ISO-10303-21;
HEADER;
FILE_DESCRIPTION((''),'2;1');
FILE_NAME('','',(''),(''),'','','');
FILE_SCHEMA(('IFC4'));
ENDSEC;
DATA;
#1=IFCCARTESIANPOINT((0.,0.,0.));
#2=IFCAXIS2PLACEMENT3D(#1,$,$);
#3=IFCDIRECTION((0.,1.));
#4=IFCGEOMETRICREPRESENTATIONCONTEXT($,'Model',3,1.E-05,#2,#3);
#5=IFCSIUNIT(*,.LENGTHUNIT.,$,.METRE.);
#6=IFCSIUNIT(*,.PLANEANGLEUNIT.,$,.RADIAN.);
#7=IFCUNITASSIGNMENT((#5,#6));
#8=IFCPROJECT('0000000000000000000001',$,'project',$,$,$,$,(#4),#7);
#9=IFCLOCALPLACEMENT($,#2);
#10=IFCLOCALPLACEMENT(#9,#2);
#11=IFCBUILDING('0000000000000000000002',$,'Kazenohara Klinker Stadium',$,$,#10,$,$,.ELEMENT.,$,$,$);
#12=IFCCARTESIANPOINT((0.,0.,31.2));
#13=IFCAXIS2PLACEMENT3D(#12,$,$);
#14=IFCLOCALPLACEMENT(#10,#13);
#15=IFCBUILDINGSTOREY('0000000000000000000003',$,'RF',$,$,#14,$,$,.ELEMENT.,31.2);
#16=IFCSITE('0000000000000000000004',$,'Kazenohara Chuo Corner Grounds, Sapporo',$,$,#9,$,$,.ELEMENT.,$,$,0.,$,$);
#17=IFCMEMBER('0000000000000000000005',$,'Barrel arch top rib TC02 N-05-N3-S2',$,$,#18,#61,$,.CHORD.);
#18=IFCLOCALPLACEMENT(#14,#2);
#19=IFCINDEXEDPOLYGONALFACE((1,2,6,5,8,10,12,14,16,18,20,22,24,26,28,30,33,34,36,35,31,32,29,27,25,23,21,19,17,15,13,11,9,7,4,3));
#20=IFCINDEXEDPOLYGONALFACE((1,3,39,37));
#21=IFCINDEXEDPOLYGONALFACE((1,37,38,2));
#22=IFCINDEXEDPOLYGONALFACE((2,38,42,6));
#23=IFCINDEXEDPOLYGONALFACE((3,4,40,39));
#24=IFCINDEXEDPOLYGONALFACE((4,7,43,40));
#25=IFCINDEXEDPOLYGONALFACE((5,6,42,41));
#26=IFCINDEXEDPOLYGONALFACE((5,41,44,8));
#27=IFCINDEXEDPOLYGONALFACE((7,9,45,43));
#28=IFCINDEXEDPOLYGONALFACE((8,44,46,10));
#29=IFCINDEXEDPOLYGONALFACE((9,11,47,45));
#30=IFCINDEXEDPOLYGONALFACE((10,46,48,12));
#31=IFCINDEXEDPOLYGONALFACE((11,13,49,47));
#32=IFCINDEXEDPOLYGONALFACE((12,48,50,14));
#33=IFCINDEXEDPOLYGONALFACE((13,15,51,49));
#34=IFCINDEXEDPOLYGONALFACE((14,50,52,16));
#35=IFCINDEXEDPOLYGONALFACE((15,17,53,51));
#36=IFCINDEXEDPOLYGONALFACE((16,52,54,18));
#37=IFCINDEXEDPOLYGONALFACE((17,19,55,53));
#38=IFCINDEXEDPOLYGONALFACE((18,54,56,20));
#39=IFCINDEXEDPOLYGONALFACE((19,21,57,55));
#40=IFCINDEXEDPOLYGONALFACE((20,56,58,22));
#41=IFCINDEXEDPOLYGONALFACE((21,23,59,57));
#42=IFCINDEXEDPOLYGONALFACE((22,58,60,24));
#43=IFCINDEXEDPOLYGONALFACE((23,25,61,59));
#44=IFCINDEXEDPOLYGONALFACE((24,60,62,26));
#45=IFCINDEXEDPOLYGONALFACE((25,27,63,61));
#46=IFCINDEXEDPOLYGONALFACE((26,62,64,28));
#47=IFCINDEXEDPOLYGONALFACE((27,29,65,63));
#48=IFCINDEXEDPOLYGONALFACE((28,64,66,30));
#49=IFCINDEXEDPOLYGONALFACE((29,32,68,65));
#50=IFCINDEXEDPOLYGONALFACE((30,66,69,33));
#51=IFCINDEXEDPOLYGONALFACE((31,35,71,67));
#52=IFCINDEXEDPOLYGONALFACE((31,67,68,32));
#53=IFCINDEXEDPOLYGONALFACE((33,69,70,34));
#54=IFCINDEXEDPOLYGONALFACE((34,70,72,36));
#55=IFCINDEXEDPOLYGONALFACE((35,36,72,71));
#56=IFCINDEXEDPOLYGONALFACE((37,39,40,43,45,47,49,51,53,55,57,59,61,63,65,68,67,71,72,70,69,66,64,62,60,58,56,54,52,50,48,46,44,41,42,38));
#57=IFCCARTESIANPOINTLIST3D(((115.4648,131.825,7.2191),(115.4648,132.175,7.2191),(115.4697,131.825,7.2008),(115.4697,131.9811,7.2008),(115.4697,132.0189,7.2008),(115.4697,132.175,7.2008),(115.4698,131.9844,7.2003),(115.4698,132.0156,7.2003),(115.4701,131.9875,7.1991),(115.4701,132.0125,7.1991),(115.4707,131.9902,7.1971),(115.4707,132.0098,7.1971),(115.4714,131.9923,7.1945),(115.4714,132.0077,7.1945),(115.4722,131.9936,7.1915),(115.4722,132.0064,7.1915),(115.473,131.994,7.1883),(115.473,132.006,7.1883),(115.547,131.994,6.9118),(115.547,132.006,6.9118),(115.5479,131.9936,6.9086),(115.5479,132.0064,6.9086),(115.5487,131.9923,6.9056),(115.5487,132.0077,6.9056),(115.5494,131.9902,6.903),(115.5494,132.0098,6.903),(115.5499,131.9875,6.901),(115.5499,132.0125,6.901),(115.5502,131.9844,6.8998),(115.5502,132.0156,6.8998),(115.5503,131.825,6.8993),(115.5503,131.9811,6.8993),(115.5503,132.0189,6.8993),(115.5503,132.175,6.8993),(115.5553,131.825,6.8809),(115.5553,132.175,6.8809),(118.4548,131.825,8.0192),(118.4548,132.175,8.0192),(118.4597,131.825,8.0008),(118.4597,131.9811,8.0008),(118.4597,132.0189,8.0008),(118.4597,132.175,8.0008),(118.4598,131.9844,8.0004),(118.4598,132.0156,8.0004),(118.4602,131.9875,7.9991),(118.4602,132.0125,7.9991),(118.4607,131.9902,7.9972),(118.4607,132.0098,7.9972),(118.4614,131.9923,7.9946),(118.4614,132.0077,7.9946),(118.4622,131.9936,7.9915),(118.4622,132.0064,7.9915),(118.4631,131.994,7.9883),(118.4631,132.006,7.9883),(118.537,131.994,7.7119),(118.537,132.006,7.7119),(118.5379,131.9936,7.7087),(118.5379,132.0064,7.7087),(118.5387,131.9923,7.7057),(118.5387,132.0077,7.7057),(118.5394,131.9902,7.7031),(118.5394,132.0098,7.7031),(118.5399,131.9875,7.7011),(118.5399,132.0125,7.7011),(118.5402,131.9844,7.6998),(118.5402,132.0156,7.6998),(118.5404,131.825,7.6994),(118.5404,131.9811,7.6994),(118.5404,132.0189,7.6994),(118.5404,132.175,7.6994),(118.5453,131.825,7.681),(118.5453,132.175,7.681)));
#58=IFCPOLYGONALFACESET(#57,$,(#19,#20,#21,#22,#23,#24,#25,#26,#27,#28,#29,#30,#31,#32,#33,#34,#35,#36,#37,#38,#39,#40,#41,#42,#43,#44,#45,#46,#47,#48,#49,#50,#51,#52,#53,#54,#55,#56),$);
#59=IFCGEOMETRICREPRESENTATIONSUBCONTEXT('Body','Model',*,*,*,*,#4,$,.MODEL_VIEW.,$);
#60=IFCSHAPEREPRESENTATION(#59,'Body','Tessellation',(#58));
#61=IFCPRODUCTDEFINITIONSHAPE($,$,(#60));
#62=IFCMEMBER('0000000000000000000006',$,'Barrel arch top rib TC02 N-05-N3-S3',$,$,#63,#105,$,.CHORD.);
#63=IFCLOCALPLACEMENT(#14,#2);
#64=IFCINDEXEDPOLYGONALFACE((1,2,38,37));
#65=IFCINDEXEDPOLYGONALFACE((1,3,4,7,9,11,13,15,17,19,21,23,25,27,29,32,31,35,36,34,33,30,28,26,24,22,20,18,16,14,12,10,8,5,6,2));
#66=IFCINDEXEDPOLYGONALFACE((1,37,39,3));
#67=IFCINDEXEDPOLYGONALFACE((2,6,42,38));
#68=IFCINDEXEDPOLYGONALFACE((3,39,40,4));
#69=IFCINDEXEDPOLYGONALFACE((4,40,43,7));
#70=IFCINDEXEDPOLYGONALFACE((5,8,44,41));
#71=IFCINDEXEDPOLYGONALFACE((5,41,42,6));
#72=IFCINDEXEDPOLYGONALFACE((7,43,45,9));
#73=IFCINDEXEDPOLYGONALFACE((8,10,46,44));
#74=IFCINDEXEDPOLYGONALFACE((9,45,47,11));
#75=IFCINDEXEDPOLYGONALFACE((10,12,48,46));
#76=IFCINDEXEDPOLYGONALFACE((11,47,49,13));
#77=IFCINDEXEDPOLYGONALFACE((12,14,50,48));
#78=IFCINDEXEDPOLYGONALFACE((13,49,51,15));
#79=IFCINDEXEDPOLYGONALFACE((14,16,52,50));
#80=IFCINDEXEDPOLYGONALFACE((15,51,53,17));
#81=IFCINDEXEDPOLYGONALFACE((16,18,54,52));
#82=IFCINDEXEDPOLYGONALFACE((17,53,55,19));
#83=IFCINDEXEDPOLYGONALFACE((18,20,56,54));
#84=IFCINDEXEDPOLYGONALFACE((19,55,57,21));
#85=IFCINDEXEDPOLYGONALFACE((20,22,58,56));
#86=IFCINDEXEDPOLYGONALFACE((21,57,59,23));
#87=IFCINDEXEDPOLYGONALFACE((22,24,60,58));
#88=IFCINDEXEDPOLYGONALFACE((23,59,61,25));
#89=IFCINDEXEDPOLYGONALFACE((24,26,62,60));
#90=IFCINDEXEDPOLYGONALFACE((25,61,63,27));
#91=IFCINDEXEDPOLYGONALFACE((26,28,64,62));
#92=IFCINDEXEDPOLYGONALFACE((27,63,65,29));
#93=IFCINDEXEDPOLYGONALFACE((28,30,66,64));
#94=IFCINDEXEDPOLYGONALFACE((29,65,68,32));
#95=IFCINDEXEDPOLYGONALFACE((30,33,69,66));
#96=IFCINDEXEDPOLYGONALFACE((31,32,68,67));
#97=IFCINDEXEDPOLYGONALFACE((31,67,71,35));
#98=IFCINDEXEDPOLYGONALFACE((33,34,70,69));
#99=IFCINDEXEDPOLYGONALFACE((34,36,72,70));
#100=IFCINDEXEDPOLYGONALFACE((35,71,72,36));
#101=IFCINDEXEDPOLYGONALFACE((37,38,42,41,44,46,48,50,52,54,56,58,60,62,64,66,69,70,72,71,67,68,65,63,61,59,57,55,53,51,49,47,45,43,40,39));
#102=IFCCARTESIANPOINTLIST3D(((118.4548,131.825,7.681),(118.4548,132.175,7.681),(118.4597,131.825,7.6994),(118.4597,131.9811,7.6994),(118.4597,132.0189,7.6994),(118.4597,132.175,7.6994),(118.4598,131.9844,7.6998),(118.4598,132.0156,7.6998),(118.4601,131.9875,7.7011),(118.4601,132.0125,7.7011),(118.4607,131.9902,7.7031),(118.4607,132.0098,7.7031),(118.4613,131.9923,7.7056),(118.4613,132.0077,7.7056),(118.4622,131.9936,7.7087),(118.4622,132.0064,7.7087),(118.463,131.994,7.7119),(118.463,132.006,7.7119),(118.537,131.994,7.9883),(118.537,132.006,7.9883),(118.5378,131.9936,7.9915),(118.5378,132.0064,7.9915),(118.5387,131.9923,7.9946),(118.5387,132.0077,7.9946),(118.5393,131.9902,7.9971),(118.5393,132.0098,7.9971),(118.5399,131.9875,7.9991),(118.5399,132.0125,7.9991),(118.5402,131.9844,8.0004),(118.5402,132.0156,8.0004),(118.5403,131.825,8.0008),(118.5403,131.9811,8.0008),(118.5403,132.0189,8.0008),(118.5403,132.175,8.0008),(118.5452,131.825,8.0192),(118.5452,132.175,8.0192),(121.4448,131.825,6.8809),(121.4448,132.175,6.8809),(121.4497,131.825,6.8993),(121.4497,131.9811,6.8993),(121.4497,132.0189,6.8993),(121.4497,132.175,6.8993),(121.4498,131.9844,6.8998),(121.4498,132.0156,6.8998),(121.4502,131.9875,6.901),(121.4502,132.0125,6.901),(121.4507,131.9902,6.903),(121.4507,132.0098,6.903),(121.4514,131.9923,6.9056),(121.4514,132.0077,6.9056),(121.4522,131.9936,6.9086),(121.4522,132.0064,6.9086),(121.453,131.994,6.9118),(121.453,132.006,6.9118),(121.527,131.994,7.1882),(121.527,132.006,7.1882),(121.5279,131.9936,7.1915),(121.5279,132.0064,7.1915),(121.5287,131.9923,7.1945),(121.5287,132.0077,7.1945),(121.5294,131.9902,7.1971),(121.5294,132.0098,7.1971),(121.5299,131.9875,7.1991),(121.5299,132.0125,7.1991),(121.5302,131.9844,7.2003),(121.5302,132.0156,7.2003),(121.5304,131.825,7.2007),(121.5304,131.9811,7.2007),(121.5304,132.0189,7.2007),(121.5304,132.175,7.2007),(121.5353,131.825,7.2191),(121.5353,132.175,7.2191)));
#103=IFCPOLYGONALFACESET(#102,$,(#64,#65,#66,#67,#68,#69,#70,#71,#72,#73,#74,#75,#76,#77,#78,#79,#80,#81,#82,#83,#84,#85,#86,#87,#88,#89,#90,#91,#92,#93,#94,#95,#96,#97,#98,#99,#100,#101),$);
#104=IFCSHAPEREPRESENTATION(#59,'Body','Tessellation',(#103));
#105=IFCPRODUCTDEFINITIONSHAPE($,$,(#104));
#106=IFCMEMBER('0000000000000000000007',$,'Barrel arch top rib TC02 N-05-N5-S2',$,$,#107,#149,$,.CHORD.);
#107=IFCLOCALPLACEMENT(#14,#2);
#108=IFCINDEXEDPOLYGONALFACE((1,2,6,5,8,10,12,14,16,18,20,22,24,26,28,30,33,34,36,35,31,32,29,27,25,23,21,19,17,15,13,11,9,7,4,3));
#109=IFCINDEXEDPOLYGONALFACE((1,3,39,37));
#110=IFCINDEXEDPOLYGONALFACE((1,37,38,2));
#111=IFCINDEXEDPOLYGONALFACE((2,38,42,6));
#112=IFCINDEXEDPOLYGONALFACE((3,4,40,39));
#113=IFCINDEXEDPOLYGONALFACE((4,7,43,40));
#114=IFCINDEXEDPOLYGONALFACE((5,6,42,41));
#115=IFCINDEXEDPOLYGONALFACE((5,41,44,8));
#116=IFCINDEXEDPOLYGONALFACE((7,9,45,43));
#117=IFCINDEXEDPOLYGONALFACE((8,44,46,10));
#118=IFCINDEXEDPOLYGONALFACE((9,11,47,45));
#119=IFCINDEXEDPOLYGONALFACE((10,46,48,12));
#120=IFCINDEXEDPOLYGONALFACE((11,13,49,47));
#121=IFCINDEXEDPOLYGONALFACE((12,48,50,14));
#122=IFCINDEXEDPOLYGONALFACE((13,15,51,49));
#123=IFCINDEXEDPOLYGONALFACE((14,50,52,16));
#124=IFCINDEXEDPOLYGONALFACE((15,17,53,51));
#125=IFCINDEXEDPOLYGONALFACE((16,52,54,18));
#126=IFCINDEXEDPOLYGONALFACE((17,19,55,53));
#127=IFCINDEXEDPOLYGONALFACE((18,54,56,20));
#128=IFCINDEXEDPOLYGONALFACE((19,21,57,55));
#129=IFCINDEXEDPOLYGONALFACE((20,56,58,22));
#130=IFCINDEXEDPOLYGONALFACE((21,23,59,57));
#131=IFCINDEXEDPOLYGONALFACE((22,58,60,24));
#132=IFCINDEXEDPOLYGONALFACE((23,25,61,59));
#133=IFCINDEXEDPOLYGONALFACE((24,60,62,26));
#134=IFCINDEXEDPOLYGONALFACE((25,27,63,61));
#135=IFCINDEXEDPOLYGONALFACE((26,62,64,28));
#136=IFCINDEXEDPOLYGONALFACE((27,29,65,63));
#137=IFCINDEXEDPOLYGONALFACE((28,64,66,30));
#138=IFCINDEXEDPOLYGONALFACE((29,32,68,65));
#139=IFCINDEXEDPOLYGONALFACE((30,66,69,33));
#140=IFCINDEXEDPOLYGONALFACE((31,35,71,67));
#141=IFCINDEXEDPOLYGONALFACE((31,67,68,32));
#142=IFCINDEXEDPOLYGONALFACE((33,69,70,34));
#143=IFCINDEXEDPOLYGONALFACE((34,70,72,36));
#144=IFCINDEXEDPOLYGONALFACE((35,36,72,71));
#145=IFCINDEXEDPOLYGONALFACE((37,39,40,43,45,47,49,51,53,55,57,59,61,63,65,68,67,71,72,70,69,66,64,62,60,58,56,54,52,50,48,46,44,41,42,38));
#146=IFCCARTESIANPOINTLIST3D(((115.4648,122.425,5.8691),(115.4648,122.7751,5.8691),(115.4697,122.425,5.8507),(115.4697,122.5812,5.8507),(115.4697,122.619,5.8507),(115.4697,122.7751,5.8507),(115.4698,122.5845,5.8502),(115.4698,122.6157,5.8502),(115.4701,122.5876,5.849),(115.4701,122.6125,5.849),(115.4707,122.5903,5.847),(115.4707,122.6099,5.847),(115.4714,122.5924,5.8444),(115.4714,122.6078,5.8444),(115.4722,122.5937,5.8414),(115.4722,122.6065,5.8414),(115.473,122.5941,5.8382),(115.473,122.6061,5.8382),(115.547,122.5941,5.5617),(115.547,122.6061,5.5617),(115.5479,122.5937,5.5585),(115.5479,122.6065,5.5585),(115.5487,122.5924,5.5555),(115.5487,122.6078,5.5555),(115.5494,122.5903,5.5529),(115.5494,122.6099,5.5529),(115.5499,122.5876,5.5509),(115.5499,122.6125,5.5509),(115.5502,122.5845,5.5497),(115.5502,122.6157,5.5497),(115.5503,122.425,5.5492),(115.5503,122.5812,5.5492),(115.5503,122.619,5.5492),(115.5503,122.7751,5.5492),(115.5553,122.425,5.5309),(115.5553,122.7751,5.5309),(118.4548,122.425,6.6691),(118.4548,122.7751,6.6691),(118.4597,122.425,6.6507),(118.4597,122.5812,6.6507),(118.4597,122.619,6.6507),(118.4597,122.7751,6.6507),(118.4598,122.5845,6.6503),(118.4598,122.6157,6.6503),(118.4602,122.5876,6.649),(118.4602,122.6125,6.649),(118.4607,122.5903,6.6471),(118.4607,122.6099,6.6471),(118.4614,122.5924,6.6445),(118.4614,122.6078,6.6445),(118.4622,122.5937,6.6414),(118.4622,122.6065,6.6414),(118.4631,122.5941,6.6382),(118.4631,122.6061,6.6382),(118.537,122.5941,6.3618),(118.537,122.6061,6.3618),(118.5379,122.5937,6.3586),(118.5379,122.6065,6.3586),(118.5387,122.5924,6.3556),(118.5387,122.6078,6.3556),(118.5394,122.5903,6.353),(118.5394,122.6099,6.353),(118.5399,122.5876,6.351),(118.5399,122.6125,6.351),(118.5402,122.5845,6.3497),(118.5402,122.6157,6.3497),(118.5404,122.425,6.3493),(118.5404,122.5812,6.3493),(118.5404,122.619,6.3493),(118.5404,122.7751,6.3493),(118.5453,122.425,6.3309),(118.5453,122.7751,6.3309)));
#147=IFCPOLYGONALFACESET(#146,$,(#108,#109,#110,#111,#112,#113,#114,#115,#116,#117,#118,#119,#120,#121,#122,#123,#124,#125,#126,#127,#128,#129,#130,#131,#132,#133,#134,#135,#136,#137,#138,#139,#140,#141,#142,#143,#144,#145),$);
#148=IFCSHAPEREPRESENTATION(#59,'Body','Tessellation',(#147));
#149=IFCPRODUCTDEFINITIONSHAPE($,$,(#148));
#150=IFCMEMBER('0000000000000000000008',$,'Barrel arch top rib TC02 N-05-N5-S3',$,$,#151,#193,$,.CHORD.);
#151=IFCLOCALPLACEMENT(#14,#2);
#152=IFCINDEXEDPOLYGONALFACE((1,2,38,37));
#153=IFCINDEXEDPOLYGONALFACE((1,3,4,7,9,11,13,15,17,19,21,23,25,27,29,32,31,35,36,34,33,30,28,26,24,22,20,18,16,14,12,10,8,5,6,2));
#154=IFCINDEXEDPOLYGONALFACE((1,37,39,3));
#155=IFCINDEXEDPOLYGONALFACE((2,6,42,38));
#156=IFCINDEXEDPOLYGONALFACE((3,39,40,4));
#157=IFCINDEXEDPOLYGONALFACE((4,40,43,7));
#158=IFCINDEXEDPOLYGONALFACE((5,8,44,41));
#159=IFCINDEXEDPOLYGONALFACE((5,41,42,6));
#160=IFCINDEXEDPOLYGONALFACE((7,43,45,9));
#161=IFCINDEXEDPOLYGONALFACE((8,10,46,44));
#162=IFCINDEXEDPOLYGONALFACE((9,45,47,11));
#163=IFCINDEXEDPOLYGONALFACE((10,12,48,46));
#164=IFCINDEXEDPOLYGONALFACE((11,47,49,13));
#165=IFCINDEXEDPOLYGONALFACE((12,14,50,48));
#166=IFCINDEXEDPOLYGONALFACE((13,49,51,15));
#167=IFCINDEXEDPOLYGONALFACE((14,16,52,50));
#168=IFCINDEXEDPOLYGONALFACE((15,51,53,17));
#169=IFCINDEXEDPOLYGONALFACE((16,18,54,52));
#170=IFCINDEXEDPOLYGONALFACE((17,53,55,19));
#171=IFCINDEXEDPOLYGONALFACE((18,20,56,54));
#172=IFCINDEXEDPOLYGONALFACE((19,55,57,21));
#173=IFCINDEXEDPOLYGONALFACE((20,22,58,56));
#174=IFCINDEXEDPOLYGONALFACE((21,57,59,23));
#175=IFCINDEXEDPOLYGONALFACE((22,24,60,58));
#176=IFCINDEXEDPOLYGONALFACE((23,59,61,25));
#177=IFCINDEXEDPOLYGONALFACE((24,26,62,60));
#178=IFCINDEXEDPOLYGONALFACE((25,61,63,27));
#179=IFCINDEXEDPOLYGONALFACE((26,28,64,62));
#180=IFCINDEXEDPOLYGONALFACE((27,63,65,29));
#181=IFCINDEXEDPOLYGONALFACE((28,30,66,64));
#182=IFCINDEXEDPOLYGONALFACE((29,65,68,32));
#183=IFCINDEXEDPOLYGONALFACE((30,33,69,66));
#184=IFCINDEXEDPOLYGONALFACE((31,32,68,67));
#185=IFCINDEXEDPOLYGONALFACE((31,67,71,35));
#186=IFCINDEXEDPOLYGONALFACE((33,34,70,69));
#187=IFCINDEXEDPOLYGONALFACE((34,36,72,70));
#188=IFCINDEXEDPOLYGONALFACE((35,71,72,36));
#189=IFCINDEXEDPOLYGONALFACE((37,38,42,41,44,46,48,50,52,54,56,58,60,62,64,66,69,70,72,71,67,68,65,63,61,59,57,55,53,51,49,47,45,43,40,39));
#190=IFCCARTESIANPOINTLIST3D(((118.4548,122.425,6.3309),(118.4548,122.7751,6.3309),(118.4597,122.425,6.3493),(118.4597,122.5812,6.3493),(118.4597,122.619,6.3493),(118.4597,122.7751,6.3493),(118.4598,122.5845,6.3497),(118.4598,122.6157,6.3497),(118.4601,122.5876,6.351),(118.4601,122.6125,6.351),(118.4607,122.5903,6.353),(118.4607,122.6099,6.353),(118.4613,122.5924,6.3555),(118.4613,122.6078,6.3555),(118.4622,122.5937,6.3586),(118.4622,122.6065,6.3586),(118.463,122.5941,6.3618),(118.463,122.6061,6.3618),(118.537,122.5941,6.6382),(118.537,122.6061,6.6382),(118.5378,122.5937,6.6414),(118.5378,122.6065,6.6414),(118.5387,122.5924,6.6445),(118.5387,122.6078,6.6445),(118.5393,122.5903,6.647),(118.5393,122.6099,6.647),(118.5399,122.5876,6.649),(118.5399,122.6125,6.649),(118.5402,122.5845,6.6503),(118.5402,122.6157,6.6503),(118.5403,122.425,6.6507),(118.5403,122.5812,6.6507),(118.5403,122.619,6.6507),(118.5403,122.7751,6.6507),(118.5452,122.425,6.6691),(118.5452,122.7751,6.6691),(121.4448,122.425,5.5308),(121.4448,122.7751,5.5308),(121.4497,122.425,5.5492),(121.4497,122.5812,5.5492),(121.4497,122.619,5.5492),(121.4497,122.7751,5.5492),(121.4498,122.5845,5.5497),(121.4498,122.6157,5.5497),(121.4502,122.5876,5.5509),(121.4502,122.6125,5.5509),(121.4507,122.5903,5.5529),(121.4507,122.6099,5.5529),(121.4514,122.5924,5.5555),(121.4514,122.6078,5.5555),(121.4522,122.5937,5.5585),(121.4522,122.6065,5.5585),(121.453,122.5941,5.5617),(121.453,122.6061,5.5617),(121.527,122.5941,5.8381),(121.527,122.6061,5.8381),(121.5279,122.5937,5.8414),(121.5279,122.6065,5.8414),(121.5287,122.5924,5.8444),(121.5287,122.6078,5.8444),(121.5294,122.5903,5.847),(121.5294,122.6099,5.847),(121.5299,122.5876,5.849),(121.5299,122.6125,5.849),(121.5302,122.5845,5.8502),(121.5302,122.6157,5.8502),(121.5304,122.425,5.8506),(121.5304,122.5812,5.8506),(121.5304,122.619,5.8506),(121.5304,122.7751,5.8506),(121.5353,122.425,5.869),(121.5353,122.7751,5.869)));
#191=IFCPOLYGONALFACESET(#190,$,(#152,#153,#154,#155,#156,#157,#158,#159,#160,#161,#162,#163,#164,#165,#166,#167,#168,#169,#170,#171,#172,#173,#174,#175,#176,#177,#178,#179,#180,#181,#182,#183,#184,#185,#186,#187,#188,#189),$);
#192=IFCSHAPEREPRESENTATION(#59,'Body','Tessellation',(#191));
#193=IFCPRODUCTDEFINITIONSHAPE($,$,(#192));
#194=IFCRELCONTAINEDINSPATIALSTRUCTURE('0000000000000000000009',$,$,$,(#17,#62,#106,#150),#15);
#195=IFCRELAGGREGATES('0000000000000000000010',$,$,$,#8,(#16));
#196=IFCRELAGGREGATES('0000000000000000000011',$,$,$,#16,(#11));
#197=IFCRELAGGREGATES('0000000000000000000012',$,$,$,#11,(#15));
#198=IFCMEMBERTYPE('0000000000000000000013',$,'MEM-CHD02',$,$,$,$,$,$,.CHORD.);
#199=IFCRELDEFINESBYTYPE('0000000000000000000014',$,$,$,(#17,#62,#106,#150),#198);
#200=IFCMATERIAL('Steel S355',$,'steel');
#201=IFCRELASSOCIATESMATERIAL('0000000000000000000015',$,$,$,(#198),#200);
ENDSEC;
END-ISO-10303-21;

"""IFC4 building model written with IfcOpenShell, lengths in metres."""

from ifc_helpers import new_model, si_unit, direction, frame, origin, origin_2d, place, context, subcontext, project, spatial, i_section, extrude, material, material_profile, profile_set, type_object, element, save


model = new_model("IFC4")

# Units and contexts
model_context = context("Model", 3, precision=1e-05, world=origin(), true_north=direction((0.0, 1.0)))
body_context = subcontext(model_context, "Body", "Model", "MODEL_VIEW")
ifc_project = project(units=[si_unit("LENGTHUNIT", "METRE"), si_unit("PLANEANGLEUNIT", "RADIAN")], contexts=[model_context])

# Site, building, storey
site_placement = place(None, origin())
site = spatial("IfcSite", under=ifc_project, at=site_placement, Name="Kazenohara Chuo Corner Grounds, Sapporo", CompositionType="ELEMENT", RefElevation=0.0)
building_placement = place(site_placement, origin())
building = spatial("IfcBuilding", under=site, at=building_placement, Name="Kazenohara Klinker Stadium", CompositionType="ELEMENT")
storey_placement = place(building_placement, frame((0.0, 0.0, 31.2)))
storey = spatial("IfcBuildingStorey", under=building, at=storey_placement, Name="RF", CompositionType="ELEMENT", Elevation=31.2)

# Members
ifc_material_1 = material(Name="Steel S355", Category="steel")
ifc_material_profile_1 = material_profile(ifc_material_1, i_section(OverallWidth=0.3501, OverallDepth=0.3501, WebThickness=0.012, FlangeThickness=0.019, FilletRadius=0.0129, at=origin_2d()), Name="H-350x350x12x19")
ifc_profile_set_1 = profile_set([ifc_material_profile_1], Name="Steel S355")
member_type_1 = type_object("IfcMemberType", Name="MEM-CHD02", PredefinedType="CHORD", material=ifc_profile_set_1)
for number, where, z_axis, x_axis, name in (
    (1, (115.51, 132.0, 7.05), (0.966016, 0.0, 0.258482), (0.0, 1.0, 0.0), "Barrel arch top rib TC02 N-05-N3-S2"),
    (2, (118.5, 132.0, 7.8501), (0.966016, 0.0, -0.258482), (0.0, 1.0, 0.0), "Barrel arch top rib TC02 N-05-N3-S3"),
    (3, (115.51, 122.6001, 5.7), (0.966016, 0.0, 0.258482), (0.0, 1.0, 0.0), "Barrel arch top rib TC02 N-05-N5-S2"),
    (4, (118.5, 122.6001, 6.5), (0.966016, 0.0, -0.258482), (0.0, 1.0, 0.0), "Barrel arch top rib TC02 N-05-N5-S3"),
):
    element("IfcMember", number, at=place(storey_placement, frame(where, z_axis=z_axis, x_axis=x_axis)), inside=storey, type_object=member_type_1, Name=name, PredefinedType="CHORD", context=body_context, shape_type="SweptSolid", body=[
        extrude(i_section(OverallWidth=0.3501, OverallDepth=0.3501, WebThickness=0.012, FlangeThickness=0.019, FilletRadius=0.0129, at=origin_2d()), origin(), (0.0, 0.0, 1.0), 3.0952),
    ])

save(model, "model.ifc")
